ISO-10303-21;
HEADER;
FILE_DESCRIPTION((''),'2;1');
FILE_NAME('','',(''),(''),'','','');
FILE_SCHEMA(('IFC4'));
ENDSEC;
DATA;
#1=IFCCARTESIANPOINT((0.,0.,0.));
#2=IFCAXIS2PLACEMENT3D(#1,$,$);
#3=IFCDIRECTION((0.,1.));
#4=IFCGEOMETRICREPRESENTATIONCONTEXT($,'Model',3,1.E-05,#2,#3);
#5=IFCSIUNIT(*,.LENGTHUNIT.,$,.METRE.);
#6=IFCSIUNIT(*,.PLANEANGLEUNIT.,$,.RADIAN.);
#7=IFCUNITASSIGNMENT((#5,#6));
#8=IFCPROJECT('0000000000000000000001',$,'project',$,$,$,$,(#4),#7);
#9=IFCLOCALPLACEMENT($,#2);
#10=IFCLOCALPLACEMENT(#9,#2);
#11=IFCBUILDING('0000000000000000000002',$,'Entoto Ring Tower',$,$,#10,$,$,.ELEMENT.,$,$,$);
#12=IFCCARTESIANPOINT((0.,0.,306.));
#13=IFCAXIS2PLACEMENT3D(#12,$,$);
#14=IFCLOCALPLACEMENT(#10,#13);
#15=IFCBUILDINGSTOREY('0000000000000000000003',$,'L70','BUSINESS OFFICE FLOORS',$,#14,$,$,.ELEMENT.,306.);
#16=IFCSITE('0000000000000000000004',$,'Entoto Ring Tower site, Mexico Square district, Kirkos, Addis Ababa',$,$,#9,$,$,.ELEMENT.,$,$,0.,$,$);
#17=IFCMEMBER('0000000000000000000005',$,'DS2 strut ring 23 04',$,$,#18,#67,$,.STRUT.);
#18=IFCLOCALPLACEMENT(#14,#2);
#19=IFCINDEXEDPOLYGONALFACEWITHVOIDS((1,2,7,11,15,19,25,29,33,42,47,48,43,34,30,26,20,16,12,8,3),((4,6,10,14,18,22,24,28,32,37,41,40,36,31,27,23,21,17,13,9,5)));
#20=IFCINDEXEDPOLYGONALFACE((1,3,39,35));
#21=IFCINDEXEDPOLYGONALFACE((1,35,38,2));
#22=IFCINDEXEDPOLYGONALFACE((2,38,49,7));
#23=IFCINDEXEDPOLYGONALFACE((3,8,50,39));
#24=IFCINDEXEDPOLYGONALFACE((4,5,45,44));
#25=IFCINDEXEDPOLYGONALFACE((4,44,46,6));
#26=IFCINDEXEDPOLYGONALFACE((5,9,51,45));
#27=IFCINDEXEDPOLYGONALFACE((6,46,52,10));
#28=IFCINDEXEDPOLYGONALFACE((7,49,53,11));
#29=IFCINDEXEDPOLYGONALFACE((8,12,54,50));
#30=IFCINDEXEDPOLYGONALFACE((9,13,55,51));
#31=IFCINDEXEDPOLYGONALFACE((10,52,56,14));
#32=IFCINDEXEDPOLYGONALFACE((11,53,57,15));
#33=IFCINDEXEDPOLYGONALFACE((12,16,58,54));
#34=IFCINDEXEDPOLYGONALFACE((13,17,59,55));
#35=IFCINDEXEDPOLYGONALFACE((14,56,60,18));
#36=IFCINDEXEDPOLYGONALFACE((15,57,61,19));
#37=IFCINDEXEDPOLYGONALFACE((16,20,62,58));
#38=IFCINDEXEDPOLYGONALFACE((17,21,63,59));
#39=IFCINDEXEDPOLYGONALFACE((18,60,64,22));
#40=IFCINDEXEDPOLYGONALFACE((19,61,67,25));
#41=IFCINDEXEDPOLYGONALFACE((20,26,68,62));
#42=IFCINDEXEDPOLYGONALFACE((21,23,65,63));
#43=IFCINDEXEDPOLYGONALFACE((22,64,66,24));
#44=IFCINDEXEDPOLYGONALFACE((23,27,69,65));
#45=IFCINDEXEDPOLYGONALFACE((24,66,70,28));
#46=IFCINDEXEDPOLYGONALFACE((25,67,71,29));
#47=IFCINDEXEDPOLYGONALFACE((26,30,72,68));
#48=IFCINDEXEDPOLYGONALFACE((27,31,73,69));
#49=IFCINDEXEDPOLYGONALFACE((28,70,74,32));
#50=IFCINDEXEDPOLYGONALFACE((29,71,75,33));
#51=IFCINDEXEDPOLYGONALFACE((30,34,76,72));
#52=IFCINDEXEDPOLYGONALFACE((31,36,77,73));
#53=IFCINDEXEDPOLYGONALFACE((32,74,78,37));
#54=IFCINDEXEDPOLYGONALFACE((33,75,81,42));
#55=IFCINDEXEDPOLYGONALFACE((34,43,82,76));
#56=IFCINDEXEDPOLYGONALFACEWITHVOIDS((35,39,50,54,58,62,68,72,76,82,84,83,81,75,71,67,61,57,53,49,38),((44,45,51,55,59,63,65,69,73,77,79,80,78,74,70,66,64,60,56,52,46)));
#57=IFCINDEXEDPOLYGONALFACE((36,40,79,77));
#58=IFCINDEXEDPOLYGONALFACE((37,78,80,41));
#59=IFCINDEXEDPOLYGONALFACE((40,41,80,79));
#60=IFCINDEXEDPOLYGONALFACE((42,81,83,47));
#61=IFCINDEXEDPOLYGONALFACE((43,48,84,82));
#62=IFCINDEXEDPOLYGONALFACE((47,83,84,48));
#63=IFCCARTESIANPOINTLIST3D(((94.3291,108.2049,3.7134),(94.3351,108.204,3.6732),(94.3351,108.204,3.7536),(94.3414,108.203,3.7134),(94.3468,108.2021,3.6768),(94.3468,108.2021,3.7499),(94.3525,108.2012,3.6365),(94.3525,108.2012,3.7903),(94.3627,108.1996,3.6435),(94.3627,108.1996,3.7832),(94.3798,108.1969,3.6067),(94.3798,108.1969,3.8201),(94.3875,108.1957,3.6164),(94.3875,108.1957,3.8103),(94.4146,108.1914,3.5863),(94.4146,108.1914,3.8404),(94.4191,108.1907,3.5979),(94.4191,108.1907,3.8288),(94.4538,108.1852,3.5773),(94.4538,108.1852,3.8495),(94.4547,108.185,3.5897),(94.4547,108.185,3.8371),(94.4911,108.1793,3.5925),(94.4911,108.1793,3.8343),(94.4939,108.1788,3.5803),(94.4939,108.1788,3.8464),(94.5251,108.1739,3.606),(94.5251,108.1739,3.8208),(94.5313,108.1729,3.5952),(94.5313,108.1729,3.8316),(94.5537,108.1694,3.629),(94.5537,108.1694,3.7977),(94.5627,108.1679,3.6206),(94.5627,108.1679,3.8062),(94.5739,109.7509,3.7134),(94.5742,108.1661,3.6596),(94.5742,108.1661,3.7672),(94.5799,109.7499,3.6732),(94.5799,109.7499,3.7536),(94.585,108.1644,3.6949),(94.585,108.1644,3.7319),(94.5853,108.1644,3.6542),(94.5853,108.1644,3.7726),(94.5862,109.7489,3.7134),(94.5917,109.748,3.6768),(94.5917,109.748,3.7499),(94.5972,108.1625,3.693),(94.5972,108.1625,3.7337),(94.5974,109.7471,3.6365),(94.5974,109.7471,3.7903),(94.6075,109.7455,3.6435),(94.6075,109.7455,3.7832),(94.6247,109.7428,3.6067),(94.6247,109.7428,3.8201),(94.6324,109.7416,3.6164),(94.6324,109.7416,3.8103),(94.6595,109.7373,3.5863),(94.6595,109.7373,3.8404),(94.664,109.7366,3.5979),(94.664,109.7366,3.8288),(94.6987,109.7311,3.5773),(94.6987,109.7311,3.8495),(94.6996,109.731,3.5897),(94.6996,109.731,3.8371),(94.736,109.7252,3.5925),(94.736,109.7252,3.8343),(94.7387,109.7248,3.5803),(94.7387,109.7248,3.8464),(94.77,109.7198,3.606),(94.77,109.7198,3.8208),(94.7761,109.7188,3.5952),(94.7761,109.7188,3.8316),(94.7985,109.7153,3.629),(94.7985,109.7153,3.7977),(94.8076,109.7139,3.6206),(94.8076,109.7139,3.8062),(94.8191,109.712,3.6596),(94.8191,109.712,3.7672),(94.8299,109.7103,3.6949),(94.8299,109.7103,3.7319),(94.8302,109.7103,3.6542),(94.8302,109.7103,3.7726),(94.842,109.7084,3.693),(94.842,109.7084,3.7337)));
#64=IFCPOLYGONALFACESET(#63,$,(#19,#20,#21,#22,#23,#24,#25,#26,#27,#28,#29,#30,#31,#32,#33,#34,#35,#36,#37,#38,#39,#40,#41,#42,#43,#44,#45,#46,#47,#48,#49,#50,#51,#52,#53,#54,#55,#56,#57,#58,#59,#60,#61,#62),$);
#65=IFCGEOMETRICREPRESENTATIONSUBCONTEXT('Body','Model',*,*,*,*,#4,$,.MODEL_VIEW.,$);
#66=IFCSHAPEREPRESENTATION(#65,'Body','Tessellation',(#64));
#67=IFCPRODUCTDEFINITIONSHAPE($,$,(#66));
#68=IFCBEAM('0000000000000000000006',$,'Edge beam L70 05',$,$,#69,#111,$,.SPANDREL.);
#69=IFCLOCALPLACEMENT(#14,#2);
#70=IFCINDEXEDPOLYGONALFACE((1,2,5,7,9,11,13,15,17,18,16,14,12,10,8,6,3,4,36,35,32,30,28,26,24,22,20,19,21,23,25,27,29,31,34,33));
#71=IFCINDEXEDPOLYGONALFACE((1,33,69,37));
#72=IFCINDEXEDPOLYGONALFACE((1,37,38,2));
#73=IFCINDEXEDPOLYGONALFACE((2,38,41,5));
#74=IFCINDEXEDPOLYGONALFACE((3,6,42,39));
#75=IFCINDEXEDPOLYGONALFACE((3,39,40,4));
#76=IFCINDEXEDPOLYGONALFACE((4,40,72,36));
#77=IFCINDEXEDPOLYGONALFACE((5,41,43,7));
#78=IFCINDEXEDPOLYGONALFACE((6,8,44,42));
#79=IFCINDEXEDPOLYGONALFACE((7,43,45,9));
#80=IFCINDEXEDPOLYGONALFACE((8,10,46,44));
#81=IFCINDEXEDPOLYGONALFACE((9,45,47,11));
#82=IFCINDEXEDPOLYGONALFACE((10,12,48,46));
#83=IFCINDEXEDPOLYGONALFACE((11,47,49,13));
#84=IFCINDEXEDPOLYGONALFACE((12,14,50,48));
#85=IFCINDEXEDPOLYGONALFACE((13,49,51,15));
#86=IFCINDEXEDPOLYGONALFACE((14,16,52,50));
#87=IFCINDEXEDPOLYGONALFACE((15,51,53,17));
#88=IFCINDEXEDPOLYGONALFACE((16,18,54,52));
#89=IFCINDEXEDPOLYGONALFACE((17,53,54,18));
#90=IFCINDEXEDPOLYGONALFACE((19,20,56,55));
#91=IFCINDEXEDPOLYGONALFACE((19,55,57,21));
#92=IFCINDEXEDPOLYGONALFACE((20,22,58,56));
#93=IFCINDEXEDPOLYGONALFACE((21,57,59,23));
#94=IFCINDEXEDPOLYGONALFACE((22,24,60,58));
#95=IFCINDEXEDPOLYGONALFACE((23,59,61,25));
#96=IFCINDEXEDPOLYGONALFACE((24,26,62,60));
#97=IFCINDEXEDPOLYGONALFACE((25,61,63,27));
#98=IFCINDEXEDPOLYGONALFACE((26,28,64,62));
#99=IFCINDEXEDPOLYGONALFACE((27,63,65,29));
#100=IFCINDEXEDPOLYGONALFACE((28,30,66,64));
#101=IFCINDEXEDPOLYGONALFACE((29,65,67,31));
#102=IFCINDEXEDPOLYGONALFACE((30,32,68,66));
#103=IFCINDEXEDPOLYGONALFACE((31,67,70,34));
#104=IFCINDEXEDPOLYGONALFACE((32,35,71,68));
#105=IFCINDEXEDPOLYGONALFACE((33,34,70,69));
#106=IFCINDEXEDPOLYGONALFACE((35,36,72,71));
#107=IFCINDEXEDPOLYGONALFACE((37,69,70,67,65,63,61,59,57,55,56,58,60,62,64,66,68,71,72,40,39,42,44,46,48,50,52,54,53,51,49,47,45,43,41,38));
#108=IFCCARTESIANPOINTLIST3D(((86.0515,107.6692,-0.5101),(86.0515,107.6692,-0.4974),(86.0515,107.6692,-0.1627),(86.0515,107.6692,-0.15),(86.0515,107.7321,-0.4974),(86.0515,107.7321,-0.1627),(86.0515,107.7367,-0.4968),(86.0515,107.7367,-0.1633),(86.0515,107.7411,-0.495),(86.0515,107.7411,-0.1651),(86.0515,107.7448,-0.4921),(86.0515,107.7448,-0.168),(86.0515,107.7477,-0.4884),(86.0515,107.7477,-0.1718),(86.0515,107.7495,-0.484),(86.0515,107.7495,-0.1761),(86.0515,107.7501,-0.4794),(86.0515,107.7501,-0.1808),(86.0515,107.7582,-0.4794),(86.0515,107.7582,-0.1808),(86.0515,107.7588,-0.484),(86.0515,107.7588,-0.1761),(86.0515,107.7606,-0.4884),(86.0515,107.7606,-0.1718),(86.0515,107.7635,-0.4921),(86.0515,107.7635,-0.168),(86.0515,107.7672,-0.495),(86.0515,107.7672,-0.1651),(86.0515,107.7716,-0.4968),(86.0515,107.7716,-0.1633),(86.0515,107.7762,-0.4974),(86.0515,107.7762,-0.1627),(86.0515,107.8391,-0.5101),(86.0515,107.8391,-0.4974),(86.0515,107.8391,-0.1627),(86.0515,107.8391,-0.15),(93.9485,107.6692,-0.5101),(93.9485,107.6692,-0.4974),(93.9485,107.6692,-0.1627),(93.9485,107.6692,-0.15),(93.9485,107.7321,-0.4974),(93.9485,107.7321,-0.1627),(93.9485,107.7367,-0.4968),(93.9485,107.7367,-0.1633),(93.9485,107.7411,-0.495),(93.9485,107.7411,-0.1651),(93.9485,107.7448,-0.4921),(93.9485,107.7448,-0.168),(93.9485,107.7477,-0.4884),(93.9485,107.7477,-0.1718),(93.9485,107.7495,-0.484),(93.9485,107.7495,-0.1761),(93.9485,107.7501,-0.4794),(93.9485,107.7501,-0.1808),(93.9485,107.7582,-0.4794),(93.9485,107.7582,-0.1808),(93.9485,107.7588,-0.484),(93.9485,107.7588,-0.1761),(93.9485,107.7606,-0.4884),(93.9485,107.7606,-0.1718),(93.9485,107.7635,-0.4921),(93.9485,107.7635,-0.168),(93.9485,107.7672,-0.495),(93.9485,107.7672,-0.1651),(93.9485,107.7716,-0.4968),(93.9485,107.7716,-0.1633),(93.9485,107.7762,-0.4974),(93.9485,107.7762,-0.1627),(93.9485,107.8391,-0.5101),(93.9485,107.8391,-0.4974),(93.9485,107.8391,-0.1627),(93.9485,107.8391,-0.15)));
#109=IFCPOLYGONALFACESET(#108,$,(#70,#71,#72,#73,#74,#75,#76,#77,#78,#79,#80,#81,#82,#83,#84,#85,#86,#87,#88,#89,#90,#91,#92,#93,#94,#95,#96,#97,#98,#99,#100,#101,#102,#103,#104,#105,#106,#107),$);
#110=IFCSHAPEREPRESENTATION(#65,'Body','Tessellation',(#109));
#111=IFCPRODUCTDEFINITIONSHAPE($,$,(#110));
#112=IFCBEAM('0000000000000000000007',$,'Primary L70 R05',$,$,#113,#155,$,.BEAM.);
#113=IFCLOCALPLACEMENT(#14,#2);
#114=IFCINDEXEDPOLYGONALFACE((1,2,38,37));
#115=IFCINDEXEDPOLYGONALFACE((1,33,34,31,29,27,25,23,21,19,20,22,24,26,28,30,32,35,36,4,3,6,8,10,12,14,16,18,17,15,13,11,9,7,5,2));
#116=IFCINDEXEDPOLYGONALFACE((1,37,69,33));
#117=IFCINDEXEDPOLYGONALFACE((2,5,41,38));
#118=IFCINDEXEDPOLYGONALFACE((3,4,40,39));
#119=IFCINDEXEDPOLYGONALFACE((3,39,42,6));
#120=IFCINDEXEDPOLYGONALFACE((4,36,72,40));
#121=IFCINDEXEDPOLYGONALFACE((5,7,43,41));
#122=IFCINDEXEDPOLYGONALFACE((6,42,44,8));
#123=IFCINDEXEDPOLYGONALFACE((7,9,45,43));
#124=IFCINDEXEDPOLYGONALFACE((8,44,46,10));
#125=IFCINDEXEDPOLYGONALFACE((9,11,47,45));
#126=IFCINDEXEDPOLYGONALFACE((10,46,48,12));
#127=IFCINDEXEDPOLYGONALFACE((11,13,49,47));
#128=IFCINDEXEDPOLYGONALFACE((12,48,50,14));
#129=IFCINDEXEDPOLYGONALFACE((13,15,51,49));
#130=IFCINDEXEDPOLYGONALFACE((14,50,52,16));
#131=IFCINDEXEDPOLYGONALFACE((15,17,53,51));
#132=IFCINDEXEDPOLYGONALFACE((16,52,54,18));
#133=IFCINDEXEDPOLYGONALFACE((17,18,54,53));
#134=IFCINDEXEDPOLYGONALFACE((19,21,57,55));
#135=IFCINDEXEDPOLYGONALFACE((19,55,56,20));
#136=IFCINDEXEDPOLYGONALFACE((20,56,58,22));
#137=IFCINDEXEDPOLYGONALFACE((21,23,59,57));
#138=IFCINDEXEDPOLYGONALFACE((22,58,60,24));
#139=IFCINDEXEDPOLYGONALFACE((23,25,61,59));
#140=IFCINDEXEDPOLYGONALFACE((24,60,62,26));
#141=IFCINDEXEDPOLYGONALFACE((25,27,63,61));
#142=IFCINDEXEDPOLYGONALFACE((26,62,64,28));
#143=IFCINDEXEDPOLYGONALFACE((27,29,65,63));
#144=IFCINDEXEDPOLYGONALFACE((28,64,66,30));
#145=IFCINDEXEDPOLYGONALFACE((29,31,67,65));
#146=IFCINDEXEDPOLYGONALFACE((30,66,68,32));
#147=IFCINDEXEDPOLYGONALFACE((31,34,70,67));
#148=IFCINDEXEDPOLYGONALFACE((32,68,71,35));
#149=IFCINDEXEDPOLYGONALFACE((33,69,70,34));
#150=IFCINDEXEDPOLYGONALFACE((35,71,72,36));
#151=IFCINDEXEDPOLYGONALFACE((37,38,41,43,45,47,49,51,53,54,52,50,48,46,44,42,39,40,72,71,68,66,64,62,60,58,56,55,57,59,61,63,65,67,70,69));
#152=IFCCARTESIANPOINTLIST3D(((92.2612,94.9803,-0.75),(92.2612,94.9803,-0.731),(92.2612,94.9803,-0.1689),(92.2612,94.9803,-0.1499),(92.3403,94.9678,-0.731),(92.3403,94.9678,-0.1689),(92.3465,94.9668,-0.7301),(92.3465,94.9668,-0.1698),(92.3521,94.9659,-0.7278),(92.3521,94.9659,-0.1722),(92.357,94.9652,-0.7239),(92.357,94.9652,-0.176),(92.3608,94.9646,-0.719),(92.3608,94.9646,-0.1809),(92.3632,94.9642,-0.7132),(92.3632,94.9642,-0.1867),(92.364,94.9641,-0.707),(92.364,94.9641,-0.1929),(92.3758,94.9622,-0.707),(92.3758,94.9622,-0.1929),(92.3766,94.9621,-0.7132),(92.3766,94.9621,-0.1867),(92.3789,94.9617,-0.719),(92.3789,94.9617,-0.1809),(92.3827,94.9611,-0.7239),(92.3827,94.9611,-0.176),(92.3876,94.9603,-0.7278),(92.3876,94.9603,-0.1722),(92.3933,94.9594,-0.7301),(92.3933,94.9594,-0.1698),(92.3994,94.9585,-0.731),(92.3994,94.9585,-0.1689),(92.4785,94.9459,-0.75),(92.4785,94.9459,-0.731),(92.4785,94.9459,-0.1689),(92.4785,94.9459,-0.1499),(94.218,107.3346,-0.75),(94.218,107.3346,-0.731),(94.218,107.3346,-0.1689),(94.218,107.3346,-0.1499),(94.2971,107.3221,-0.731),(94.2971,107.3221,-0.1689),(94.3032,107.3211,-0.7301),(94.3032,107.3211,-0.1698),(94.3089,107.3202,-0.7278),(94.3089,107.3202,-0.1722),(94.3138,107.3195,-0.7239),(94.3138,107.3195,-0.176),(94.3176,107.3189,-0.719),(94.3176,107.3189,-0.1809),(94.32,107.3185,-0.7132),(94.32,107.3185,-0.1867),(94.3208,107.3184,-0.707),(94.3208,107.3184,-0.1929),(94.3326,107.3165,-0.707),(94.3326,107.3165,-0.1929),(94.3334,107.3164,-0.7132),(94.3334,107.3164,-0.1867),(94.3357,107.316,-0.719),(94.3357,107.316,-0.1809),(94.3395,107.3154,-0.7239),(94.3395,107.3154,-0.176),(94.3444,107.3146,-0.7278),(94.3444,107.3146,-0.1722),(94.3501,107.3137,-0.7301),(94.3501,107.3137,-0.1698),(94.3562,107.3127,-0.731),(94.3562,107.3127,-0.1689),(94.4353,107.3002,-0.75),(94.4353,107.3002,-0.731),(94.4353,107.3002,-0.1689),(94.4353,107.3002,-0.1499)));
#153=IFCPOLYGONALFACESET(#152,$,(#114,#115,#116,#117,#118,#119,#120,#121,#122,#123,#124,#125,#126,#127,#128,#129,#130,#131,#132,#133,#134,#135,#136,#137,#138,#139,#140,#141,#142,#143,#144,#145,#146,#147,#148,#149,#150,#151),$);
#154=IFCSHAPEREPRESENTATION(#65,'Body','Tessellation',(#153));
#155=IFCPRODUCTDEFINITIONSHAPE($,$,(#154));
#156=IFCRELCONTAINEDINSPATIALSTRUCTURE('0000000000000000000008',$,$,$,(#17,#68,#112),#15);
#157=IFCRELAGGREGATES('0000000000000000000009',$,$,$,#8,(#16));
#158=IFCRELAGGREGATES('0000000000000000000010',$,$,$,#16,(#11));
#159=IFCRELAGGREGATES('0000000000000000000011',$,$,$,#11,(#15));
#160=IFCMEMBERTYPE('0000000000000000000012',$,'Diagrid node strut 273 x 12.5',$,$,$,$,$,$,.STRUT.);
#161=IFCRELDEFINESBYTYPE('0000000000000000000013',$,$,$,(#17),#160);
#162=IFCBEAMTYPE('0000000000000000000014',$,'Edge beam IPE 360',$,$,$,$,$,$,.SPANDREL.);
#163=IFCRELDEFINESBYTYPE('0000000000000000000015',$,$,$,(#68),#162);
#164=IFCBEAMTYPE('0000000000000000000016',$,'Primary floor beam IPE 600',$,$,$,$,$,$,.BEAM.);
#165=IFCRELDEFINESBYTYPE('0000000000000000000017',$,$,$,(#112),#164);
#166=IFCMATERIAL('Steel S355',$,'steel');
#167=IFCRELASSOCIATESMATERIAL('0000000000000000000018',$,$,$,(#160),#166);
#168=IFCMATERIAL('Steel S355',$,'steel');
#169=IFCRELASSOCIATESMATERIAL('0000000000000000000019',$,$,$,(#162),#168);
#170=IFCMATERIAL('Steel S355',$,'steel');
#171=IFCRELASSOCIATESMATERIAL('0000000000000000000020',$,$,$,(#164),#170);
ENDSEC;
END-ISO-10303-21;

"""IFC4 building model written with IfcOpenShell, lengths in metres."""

from ifc_helpers import new_model, si_unit, direction, frame, origin, origin_2d, place, context, subcontext, project, spatial, circle, hollow_circle, i_section, extrude, material, material_profile, profile_set, type_object, element, save


model = new_model("IFC4")

# Units and contexts
model_context = context("Model", 3, precision=1e-05, world=origin(), true_north=direction((0.0, 1.0)))
body_context = subcontext(model_context, "Body", "Model", "MODEL_VIEW")
ifc_project = project(units=[si_unit("LENGTHUNIT", "METRE"), si_unit("PLANEANGLEUNIT", "RADIAN")], contexts=[model_context])

# Site, building, storey
site_placement = place(None, origin())
site = spatial("IfcSite", under=ifc_project, at=site_placement, Name="Entoto Ring Tower site, Mexico Square district, Kirkos, Addis Ababa", CompositionType="ELEMENT", RefElevation=0.0)
building_placement = place(site_placement, origin())
building = spatial("IfcBuilding", under=site, at=building_placement, Name="Entoto Ring Tower", CompositionType="ELEMENT")
storey_placement = place(building_placement, frame((0.0, 0.0, 306.0)))
storey = spatial("IfcBuildingStorey", under=building, at=storey_placement, Name="L70", Description="BUSINESS OFFICE FLOORS", CompositionType="ELEMENT", Elevation=306.0)

# Member
ifc_material_1 = material(Name="Steel S355", Category="steel")
ifc_material_profile_1 = material_profile(ifc_material_1, hollow_circle(Radius=0.1365, WallThickness=0.0125, at=origin_2d()), Name="CHS 273 x 12.5")
ifc_material_2 = material(Name="Concrete C60/75", Category="concrete")
ifc_material_profile_2 = material_profile(ifc_material_2, circle(Radius=0.124, at=origin_2d()), Name="Concrete C60/75 infill")
ifc_profile_set_1 = profile_set([ifc_material_profile_1, ifc_material_profile_2], Name="Steel S355")
member_type = type_object("IfcMemberType", Name="Diagrid node strut 273 x 12.5", PredefinedType="STRUT", material=ifc_profile_set_1)
member_placement = place(storey_placement, frame((94.4639, 108.1836, 3.7134), z_axis=(0.156451, 0.987686, 0.0), x_axis=(-0.987686, 0.156451, 0.0)))
element("IfcMember", 1, at=member_placement, inside=storey, type_object=member_type, Name="DS2 strut ring 23 04", PredefinedType="STRUT", context=body_context, shape_type="SweptSolid", body=[
    extrude(hollow_circle(Radius=0.1365, WallThickness=0.0125, at=origin_2d()), origin(), (0.0, 0.0, 1.0), 1.5652),
])

# Beams
ifc_material_3 = material(Name="Steel S355", Category="steel")
ifc_material_profile_3 = material_profile(ifc_material_3, i_section(OverallWidth=0.1699, OverallDepth=0.3601, WebThickness=0.0081, FlangeThickness=0.0127, FilletRadius=0.0181, at=origin_2d()), Name="IPE 360")
ifc_profile_set_2 = profile_set([ifc_material_profile_3], Name="Steel S355")
beam_type_1 = type_object("IfcBeamType", Name="Edge beam IPE 360", PredefinedType="SPANDREL", material=ifc_profile_set_2)
beam_1_placement = place(storey_placement, frame((93.9485, 107.7542, -0.3301), z_axis=(-1.0, 0.0, 0.0), x_axis=(0.0, -1.0, 0.0)))
element("IfcBeam", 2, at=beam_1_placement, inside=storey, type_object=beam_type_1, Name="Edge beam L70 05", PredefinedType="SPANDREL", context=body_context, shape_type="SweptSolid", body=[
    extrude(i_section(OverallWidth=0.1699, OverallDepth=0.3601, WebThickness=0.0081, FlangeThickness=0.0127, FilletRadius=0.0181, at=origin_2d()), origin(), (0.0, 0.0, 1.0), 7.897),
])
ifc_material_4 = material(Name="Steel S355", Category="steel")
ifc_material_profile_4 = material_profile(ifc_material_4, i_section(OverallWidth=0.22, OverallDepth=0.6001, WebThickness=0.012, FlangeThickness=0.019, FilletRadius=0.0239, at=origin_2d()), Name="IPE 600")
ifc_profile_set_3 = profile_set([ifc_material_profile_4], Name="Steel S355")
beam_type_2 = type_object("IfcBeamType", Name="Primary floor beam IPE 600", PredefinedType="BEAM", material=ifc_profile_set_3)
for number, where, z_axis, x_axis, name in (
    (3, (92.3699, 94.9631, -0.45), (0.15644, 0.987688, 0.0), (-0.987688, 0.15644, 0.0), "Primary L70 R05"),
):
    element("IfcBeam", number, at=place(storey_placement, frame(where, z_axis=z_axis, x_axis=x_axis)), inside=storey, type_object=beam_type_2, Name=name, PredefinedType="BEAM", context=body_context, shape_type="SweptSolid", body=[
        extrude(i_section(OverallWidth=0.22, OverallDepth=0.6001, WebThickness=0.012, FlangeThickness=0.019, FilletRadius=0.0239, at=origin_2d()), origin(), (0.0, 0.0, 1.0), 12.5083),
    ])

save(model, "model.ifc")
